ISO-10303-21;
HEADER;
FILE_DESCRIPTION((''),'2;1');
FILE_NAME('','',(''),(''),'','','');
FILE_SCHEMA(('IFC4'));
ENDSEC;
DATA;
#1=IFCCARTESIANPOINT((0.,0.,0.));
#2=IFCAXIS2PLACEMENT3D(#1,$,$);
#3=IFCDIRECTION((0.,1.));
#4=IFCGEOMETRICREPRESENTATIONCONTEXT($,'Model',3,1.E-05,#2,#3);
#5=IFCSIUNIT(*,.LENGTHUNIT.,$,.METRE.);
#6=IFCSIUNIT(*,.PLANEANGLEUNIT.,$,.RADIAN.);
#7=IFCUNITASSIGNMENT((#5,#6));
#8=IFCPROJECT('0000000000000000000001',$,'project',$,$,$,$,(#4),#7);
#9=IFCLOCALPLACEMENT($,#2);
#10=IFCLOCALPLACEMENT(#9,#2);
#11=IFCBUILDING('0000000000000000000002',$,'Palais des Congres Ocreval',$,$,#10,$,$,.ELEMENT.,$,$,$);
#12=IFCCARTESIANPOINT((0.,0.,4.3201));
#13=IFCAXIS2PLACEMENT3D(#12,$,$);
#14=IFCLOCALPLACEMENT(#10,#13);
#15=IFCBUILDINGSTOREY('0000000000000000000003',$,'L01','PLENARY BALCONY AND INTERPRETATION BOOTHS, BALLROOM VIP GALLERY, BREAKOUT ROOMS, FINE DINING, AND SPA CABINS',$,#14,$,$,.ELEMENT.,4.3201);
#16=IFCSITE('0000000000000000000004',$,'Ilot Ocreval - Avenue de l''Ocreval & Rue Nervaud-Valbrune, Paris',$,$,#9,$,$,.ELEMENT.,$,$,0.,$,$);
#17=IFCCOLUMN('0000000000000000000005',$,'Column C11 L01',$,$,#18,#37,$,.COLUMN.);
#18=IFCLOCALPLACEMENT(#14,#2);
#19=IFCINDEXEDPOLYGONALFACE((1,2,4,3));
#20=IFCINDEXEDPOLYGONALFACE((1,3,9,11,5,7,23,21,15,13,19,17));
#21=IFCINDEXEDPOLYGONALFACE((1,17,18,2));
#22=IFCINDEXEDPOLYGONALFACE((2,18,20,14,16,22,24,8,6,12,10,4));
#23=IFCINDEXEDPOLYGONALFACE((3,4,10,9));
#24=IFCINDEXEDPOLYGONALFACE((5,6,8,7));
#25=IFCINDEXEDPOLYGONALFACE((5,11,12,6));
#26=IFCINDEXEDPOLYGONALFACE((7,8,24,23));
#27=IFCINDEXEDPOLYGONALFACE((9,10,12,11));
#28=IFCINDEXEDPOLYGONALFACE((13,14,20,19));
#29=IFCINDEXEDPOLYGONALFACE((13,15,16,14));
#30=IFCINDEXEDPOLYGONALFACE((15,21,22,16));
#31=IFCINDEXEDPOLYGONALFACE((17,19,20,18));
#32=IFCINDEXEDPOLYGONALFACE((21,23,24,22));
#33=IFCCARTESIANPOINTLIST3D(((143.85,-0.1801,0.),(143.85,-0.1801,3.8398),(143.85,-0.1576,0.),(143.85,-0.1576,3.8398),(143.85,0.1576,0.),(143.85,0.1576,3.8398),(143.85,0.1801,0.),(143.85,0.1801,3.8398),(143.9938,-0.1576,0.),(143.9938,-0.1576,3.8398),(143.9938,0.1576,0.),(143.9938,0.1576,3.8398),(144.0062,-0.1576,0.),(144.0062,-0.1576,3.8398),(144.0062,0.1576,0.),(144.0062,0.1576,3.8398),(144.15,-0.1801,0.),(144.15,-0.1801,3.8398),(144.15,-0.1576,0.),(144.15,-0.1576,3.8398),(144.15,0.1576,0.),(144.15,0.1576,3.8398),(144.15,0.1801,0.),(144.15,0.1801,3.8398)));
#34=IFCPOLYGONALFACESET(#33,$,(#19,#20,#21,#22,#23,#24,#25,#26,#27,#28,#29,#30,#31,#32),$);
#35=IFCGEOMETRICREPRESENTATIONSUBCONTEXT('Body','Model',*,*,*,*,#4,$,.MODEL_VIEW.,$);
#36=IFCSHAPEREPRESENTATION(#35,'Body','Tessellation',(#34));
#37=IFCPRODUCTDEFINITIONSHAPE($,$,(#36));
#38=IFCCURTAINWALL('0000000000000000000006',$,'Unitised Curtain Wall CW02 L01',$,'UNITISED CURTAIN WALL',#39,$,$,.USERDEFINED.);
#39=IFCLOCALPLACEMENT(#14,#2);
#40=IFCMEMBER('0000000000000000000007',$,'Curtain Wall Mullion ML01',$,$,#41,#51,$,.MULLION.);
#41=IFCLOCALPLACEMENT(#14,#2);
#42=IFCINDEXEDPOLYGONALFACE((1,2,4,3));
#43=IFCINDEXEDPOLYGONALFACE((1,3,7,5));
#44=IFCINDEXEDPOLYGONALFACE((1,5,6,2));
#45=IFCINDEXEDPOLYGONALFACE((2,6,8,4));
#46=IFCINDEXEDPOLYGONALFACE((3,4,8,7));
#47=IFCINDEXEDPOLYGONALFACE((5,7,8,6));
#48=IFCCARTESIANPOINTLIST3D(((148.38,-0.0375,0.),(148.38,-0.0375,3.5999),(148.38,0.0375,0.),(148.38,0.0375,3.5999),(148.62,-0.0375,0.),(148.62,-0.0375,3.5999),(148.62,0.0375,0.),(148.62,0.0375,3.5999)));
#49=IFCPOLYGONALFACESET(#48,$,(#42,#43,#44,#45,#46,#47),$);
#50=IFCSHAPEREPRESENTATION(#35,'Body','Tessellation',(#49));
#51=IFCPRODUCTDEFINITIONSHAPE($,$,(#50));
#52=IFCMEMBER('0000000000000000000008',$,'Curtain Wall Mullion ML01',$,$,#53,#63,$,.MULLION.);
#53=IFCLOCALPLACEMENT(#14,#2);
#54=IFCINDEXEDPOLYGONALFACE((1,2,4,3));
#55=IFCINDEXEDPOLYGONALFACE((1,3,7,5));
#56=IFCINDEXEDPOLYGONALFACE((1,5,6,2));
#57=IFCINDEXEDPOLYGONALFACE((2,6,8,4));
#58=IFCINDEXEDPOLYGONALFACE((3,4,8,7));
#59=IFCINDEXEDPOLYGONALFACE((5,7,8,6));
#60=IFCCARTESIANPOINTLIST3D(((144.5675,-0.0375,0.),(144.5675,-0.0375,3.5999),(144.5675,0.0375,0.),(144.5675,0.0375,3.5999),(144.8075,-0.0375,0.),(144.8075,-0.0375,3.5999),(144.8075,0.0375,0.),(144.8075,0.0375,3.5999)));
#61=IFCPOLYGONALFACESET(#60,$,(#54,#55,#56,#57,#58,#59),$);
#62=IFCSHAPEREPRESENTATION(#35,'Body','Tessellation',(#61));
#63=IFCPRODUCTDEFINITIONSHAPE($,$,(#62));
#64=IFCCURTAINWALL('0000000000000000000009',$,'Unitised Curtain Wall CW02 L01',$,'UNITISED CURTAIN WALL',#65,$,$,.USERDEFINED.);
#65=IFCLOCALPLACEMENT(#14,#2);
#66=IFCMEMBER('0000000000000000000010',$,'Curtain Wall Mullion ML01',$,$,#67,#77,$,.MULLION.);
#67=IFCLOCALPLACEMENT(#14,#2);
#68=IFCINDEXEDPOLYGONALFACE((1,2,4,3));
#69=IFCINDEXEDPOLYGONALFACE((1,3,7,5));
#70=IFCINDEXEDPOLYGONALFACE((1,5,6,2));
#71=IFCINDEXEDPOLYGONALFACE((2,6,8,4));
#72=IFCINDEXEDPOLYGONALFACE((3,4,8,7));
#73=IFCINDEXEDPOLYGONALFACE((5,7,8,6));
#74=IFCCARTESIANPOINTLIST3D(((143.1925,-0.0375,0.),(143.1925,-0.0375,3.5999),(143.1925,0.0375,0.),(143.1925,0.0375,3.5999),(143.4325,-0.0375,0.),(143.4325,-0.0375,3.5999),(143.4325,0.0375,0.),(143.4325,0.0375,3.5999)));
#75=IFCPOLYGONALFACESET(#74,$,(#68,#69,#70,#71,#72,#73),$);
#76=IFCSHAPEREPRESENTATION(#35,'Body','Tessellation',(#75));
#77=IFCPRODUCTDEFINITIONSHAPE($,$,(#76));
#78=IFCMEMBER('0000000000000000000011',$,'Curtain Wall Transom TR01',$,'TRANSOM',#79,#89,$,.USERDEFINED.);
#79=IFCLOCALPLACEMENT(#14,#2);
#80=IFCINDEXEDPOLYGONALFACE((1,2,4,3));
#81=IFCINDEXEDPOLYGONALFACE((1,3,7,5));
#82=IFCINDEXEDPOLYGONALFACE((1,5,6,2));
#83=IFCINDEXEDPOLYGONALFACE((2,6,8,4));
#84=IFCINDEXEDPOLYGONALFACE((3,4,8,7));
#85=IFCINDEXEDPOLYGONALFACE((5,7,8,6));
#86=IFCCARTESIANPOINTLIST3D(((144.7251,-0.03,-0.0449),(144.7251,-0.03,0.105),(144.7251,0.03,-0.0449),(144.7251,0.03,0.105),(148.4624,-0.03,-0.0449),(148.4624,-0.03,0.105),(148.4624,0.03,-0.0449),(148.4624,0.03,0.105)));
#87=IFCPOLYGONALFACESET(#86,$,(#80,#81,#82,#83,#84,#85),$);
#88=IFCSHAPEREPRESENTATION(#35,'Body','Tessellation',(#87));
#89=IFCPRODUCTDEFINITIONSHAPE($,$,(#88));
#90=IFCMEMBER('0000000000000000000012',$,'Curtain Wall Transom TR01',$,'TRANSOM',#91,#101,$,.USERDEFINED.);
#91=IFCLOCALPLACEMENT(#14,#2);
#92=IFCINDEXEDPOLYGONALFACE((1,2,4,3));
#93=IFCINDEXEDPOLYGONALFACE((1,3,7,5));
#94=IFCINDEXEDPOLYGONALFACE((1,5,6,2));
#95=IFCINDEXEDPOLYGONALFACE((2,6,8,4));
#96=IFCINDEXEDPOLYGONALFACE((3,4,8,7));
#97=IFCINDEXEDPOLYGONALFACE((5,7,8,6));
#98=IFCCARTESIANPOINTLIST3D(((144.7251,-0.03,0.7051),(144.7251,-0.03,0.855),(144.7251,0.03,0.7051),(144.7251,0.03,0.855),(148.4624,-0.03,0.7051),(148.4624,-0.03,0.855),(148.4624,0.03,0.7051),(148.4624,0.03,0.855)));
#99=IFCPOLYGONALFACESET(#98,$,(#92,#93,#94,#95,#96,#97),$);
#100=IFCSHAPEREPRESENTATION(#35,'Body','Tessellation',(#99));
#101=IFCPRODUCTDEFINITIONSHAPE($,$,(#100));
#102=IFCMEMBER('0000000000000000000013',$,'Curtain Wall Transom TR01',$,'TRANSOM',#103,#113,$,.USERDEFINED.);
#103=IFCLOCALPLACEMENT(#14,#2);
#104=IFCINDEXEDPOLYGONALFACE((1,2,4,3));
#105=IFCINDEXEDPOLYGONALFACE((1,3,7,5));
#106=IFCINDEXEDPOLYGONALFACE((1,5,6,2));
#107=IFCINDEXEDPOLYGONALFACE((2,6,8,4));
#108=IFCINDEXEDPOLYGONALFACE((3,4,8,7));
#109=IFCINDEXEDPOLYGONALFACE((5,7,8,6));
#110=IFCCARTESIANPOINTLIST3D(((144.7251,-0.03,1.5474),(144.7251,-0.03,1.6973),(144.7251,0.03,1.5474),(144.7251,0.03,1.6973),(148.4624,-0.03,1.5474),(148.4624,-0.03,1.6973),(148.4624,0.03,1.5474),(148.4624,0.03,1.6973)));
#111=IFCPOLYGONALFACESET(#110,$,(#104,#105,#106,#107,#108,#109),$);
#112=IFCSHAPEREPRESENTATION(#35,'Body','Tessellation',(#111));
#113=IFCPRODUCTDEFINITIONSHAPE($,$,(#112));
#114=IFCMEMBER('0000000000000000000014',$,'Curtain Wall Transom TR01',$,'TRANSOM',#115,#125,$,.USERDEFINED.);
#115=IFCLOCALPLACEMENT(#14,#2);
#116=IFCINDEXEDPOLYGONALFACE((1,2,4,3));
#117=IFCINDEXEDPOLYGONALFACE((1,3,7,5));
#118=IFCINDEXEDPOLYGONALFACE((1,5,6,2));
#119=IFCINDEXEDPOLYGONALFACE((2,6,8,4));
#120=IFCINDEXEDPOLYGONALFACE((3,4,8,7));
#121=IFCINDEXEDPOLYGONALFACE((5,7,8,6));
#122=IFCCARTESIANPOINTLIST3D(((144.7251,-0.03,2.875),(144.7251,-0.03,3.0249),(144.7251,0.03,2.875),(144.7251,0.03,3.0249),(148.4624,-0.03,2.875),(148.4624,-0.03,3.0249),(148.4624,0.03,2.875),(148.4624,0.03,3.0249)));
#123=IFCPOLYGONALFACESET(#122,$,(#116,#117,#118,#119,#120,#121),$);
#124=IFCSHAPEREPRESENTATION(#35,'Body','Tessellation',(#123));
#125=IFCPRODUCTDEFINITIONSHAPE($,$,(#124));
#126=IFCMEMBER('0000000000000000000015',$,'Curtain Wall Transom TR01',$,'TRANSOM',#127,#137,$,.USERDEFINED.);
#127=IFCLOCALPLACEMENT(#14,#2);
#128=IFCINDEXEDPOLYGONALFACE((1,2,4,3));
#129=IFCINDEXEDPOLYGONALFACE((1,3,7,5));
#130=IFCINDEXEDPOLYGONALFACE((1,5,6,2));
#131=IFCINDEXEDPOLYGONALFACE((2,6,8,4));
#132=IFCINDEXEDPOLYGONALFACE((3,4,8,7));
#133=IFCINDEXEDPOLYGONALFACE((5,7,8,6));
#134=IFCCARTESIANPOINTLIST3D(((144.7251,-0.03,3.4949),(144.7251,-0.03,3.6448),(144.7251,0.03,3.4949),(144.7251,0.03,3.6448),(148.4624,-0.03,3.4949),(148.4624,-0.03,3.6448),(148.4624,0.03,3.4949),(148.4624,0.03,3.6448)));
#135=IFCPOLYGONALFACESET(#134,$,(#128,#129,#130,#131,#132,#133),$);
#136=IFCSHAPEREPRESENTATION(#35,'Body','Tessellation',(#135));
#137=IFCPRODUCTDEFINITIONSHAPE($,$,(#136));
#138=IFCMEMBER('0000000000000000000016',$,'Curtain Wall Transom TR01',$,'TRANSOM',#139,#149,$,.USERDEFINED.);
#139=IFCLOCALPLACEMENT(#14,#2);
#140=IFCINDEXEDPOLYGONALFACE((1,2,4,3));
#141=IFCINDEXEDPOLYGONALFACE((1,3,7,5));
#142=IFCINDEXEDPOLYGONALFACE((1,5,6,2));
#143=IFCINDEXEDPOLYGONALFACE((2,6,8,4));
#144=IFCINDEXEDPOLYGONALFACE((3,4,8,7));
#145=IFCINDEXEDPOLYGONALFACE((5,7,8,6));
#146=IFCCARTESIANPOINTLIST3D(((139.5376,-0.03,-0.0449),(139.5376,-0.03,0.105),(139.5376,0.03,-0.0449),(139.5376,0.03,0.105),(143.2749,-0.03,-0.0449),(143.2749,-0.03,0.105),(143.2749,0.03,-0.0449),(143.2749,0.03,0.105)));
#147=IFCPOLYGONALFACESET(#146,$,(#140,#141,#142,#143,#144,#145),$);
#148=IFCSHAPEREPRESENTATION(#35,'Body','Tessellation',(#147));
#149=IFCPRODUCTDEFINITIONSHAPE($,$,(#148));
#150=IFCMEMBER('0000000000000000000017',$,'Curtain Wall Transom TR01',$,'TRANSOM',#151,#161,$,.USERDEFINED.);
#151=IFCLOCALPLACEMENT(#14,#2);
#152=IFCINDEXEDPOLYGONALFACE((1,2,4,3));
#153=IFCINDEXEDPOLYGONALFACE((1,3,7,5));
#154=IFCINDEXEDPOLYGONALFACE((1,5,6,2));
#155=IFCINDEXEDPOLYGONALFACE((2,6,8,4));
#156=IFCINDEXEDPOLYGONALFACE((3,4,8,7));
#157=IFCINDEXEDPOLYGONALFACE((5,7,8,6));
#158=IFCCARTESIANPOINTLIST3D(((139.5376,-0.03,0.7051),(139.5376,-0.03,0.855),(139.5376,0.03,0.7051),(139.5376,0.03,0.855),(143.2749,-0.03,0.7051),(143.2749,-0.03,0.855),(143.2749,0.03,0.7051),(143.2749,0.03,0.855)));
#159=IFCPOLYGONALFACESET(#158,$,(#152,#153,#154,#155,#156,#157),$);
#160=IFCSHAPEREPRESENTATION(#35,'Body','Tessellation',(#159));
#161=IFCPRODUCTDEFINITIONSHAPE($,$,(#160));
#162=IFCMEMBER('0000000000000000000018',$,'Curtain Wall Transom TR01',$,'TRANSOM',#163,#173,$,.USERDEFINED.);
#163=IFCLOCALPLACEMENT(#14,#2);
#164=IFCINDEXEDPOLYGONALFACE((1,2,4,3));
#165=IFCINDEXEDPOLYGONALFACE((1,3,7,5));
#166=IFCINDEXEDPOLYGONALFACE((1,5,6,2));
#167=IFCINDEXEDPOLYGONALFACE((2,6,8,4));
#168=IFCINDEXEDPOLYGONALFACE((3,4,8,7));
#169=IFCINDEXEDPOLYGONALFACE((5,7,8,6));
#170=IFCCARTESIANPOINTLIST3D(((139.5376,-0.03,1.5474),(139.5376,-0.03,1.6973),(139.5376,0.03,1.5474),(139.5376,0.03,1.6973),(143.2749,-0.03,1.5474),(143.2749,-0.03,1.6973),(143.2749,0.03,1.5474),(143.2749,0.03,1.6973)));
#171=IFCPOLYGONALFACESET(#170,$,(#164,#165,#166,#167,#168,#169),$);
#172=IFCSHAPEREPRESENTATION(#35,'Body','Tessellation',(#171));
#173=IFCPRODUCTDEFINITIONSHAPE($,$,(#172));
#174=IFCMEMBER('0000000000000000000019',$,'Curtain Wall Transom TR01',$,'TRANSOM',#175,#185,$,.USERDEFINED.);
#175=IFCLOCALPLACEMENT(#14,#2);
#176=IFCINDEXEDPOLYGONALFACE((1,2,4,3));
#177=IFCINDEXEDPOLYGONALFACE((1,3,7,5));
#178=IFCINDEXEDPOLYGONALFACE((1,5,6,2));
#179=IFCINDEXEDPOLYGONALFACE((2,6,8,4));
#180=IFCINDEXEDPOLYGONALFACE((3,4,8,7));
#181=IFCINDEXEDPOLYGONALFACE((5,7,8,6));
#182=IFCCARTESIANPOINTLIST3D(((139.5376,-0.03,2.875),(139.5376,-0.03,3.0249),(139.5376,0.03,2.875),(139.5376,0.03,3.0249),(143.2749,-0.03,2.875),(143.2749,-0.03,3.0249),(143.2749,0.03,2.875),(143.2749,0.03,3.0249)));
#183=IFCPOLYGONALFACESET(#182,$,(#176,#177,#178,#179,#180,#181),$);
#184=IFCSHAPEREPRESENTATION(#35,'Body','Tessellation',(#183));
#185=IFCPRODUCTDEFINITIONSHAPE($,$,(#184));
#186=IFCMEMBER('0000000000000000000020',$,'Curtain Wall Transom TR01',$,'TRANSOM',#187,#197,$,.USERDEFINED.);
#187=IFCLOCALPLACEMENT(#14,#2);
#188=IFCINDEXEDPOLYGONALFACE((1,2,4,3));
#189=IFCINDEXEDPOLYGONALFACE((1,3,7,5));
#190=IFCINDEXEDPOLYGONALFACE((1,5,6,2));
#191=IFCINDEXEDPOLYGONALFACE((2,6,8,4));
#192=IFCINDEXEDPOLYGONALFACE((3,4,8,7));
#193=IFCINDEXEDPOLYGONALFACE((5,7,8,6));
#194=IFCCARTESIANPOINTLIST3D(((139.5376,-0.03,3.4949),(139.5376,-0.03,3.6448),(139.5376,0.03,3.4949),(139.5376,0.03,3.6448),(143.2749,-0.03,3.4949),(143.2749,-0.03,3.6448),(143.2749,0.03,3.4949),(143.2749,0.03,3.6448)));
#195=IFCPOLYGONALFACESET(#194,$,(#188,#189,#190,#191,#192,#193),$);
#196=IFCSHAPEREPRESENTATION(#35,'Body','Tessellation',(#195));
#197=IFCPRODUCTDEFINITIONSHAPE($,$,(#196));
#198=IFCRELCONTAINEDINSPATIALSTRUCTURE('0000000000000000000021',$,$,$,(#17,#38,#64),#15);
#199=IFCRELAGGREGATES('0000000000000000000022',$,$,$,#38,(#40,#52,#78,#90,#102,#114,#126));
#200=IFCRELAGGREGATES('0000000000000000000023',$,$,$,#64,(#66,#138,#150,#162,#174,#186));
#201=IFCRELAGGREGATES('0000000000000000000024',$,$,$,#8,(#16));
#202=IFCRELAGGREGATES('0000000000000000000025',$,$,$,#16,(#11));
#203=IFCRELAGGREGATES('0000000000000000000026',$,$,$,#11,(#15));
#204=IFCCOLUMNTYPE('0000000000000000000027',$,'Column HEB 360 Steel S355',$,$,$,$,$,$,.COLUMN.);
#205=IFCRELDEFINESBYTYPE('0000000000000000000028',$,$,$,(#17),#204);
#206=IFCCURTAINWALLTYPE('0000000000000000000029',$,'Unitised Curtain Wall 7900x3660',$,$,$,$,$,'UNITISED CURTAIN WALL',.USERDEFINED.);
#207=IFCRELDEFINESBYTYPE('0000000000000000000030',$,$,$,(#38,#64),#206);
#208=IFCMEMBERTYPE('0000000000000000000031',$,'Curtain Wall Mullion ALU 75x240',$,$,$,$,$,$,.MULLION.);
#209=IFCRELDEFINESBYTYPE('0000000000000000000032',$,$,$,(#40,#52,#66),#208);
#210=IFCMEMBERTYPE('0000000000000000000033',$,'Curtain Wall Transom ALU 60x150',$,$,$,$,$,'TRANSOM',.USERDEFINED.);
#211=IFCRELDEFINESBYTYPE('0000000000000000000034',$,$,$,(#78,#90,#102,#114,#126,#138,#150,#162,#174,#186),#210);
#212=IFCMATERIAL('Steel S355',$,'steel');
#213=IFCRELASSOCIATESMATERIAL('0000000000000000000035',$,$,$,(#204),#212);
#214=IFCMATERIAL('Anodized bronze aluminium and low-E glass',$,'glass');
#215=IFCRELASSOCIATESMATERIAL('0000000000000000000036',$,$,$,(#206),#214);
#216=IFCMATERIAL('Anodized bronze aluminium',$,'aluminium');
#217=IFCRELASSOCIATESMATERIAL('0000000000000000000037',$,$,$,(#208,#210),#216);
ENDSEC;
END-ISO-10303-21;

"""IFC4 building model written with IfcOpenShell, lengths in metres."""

from ifc_helpers import new_model, si_unit, direction, frame, origin, origin_2d, place, context, subcontext, project, spatial, rectangle, i_section, extrude, material, material_profile, profile_set, type_object, element, aggregate, save


model = new_model("IFC4")

# Units and contexts
model_context = context("Model", 3, precision=1e-05, world=origin(), true_north=direction((0.0, 1.0)))
body_context = subcontext(model_context, "Body", "Model", "MODEL_VIEW")
ifc_project = project(units=[si_unit("LENGTHUNIT", "METRE"), si_unit("PLANEANGLEUNIT", "RADIAN")], contexts=[model_context])

# Site, building, storey
site_placement = place(None, origin())
site = spatial("IfcSite", under=ifc_project, at=site_placement, Name="Ilot Ocreval - Avenue de l'Ocreval & Rue Nervaud-Valbrune, Paris", CompositionType="ELEMENT", RefElevation=0.0)
building_placement = place(site_placement, origin())
building = spatial("IfcBuilding", under=site, at=building_placement, Name="Palais des Congres Ocreval", CompositionType="ELEMENT")
storey_placement = place(building_placement, frame((0.0, 0.0, 4.3201)))
storey = spatial("IfcBuildingStorey", under=building, at=storey_placement, Name="L01", Description="PLENARY BALCONY AND INTERPRETATION BOOTHS, BALLROOM VIP GALLERY, BREAKOUT ROOMS, FINE DINING, AND SPA CABINS", CompositionType="ELEMENT", Elevation=4.3201)

# Column
ifc_material_1 = material(Name="Steel S355", Category="steel")
ifc_material_profile_1 = material_profile(ifc_material_1, i_section(OverallWidth=0.3, OverallDepth=0.3601, WebThickness=0.0125, FlangeThickness=0.0225, at=origin_2d()), Name="HEB 360")
ifc_profile_set_1 = profile_set([ifc_material_profile_1], Name="Steel S355")
column_type = type_object("IfcColumnType", Name="Column HEB 360 Steel S355", PredefinedType="COLUMN", material=ifc_profile_set_1)
column_placement = place(storey_placement, frame((144.0, 0.0, 0.0), z_axis=(0.0, 0.0, 1.0), x_axis=(1.0, 0.0, 0.0)))
element("IfcColumn", 1, at=column_placement, inside=storey, type_object=column_type, Name="Column C11 L01", PredefinedType="COLUMN", context=body_context, shape_type="SweptSolid", body=[
    extrude(i_section(OverallWidth=0.3, OverallDepth=0.3601, WebThickness=0.0125, FlangeThickness=0.0225, at=origin_2d()), origin(), (0.0, 0.0, 1.0), 3.8398),
])

# Curtain wall, members
ifc_material_2 = material(Name="Anodized bronze aluminium and low-E glass", Category="glass")
curtain_wall_type = type_object("IfcCurtainWallType", Name="Unitised Curtain Wall 7900x3660", ElementType="UNITISED CURTAIN WALL", PredefinedType="USERDEFINED", material=ifc_material_2)
curtain_wall_1_placement = place(storey_placement, origin())
curtain_wall_1 = element("IfcCurtainWall", 2, at=curtain_wall_1_placement, inside=storey, type_object=curtain_wall_type, Name="Unitised Curtain Wall CW02 L01", ObjectType="UNITISED CURTAIN WALL", PredefinedType="USERDEFINED")
ifc_material_3 = material(Name="Anodized bronze aluminium", Category="aluminium")
ifc_material_profile_2 = material_profile(ifc_material_3, rectangle(XDim=0.075, YDim=0.24, at=origin_2d()), Name="ALU 75x240")
ifc_profile_set_2 = profile_set([ifc_material_profile_2], Name="Anodized bronze aluminium")
member_type_1 = type_object("IfcMemberType", Name="Curtain Wall Mullion ALU 75x240", PredefinedType="MULLION", material=ifc_profile_set_2)
member_1_placement = place(storey_placement, frame((148.5, 0.0, 0.0), z_axis=(0.0, 0.0, 1.0), x_axis=(0.0, -1.0, 0.0)))
member_1 = element("IfcMember", 3, at=member_1_placement, type_object=member_type_1, Name="Curtain Wall Mullion ML01", PredefinedType="MULLION", context=body_context, shape_type="SweptSolid", body=[
    extrude(rectangle(XDim=0.075, YDim=0.24, at=origin_2d()), origin(), (0.0, 0.0, 1.0), 3.5999),
])
member_2_placement = place(storey_placement, frame((144.6875, 0.0, 0.0), z_axis=(0.0, 0.0, 1.0), x_axis=(0.0, -1.0, 0.0)))
member_2 = element("IfcMember", 4, at=member_2_placement, type_object=member_type_1, Name="Curtain Wall Mullion ML01", PredefinedType="MULLION", context=body_context, shape_type="SweptSolid", body=[
    extrude(rectangle(XDim=0.075, YDim=0.24, at=origin_2d()), origin(), (0.0, 0.0, 1.0), 3.5999),
])

# Curtain wall, member
curtain_wall_2_placement = place(storey_placement, origin())
curtain_wall_2 = element("IfcCurtainWall", 5, at=curtain_wall_2_placement, inside=storey, type_object=curtain_wall_type, Name="Unitised Curtain Wall CW02 L01", ObjectType="UNITISED CURTAIN WALL", PredefinedType="USERDEFINED")
member_3_placement = place(storey_placement, frame((143.3125, 0.0, 0.0), z_axis=(0.0, 0.0, 1.0), x_axis=(0.0, -1.0, 0.0)))
member_3 = element("IfcMember", 6, at=member_3_placement, type_object=member_type_1, Name="Curtain Wall Mullion ML01", PredefinedType="MULLION", context=body_context, shape_type="SweptSolid", body=[
    extrude(rectangle(XDim=0.075, YDim=0.24, at=origin_2d()), origin(), (0.0, 0.0, 1.0), 3.5999),
])

# Members
ifc_material_profile_3 = material_profile(ifc_material_3, rectangle(XDim=0.0601, YDim=0.1499, at=origin_2d()), Name="ALU 60x150")
ifc_profile_set_3 = profile_set([ifc_material_profile_3], Name="Anodized bronze aluminium")
member_type_2 = type_object("IfcMemberType", Name="Curtain Wall Transom ALU 60x150", ElementType="TRANSOM", PredefinedType="USERDEFINED", material=ifc_profile_set_3)
member_4_placement = place(storey_placement, frame((148.4624, 0.0, 0.03), z_axis=(-1.0, 0.0, 0.0), x_axis=(0.0, -1.0, 0.0)))
member_4 = element("IfcMember", 7, at=member_4_placement, type_object=member_type_2, Name="Curtain Wall Transom TR01", ObjectType="TRANSOM", PredefinedType="USERDEFINED", context=body_context, shape_type="SweptSolid", body=[
    extrude(rectangle(XDim=0.0601, YDim=0.1499, at=origin_2d()), origin(), (0.0, 0.0, 1.0), 3.7373),
])
member_5_placement = place(storey_placement, frame((148.4624, 0.0, 0.78), z_axis=(-1.0, 0.0, 0.0), x_axis=(0.0, -1.0, 0.0)))
member_5 = element("IfcMember", 8, at=member_5_placement, type_object=member_type_2, Name="Curtain Wall Transom TR01", ObjectType="TRANSOM", PredefinedType="USERDEFINED", context=body_context, shape_type="SweptSolid", body=[
    extrude(rectangle(XDim=0.0601, YDim=0.1499, at=origin_2d()), origin(), (0.0, 0.0, 1.0), 3.7373),
])
member_6_placement = place(storey_placement, frame((148.4624, 0.0, 1.6223), z_axis=(-1.0, 0.0, 0.0), x_axis=(0.0, -1.0, 0.0)))
member_6 = element("IfcMember", 9, at=member_6_placement, type_object=member_type_2, Name="Curtain Wall Transom TR01", ObjectType="TRANSOM", PredefinedType="USERDEFINED", context=body_context, shape_type="SweptSolid", body=[
    extrude(rectangle(XDim=0.0601, YDim=0.1499, at=origin_2d()), origin(), (0.0, 0.0, 1.0), 3.7373),
])
member_7_placement = place(storey_placement, frame((148.4624, 0.0, 2.95), z_axis=(-1.0, 0.0, 0.0), x_axis=(0.0, -1.0, 0.0)))
member_7 = element("IfcMember", 10, at=member_7_placement, type_object=member_type_2, Name="Curtain Wall Transom TR01", ObjectType="TRANSOM", PredefinedType="USERDEFINED", context=body_context, shape_type="SweptSolid", body=[
    extrude(rectangle(XDim=0.0601, YDim=0.1499, at=origin_2d()), origin(), (0.0, 0.0, 1.0), 3.7373),
])
member_8_placement = place(storey_placement, frame((148.4624, 0.0, 3.5698), z_axis=(-1.0, 0.0, 0.0), x_axis=(0.0, -1.0, 0.0)))
member_8 = element("IfcMember", 11, at=member_8_placement, type_object=member_type_2, Name="Curtain Wall Transom TR01", ObjectType="TRANSOM", PredefinedType="USERDEFINED", context=body_context, shape_type="SweptSolid", body=[
    extrude(rectangle(XDim=0.0601, YDim=0.1499, at=origin_2d()), origin(), (0.0, 0.0, 1.0), 3.7373),
])
member_9_placement = place(storey_placement, frame((143.2749, 0.0, 0.03), z_axis=(-1.0, 0.0, 0.0), x_axis=(0.0, -1.0, 0.0)))
member_9 = element("IfcMember", 12, at=member_9_placement, type_object=member_type_2, Name="Curtain Wall Transom TR01", ObjectType="TRANSOM", PredefinedType="USERDEFINED", context=body_context, shape_type="SweptSolid", body=[
    extrude(rectangle(XDim=0.0601, YDim=0.1499, at=origin_2d()), origin(), (0.0, 0.0, 1.0), 3.7373),
])
member_10_placement = place(storey_placement, frame((143.2749, 0.0, 0.78), z_axis=(-1.0, 0.0, 0.0), x_axis=(0.0, -1.0, 0.0)))
member_10 = element("IfcMember", 13, at=member_10_placement, type_object=member_type_2, Name="Curtain Wall Transom TR01", ObjectType="TRANSOM", PredefinedType="USERDEFINED", context=body_context, shape_type="SweptSolid", body=[
    extrude(rectangle(XDim=0.0601, YDim=0.1499, at=origin_2d()), origin(), (0.0, 0.0, 1.0), 3.7373),
])
member_11_placement = place(storey_placement, frame((143.2749, 0.0, 1.6223), z_axis=(-1.0, 0.0, 0.0), x_axis=(0.0, -1.0, 0.0)))
member_11 = element("IfcMember", 14, at=member_11_placement, type_object=member_type_2, Name="Curtain Wall Transom TR01", ObjectType="TRANSOM", PredefinedType="USERDEFINED", context=body_context, shape_type="SweptSolid", body=[
    extrude(rectangle(XDim=0.0601, YDim=0.1499, at=origin_2d()), origin(), (0.0, 0.0, 1.0), 3.7373),
])
member_12_placement = place(storey_placement, frame((143.2749, 0.0, 2.95), z_axis=(-1.0, 0.0, 0.0), x_axis=(0.0, -1.0, 0.0)))
member_12 = element("IfcMember", 15, at=member_12_placement, type_object=member_type_2, Name="Curtain Wall Transom TR01", ObjectType="TRANSOM", PredefinedType="USERDEFINED", context=body_context, shape_type="SweptSolid", body=[
    extrude(rectangle(XDim=0.0601, YDim=0.1499, at=origin_2d()), origin(), (0.0, 0.0, 1.0), 3.7373),
])
member_13_placement = place(storey_placement, frame((143.2749, 0.0, 3.5698), z_axis=(-1.0, 0.0, 0.0), x_axis=(0.0, -1.0, 0.0)))
member_13 = element("IfcMember", 16, at=member_13_placement, type_object=member_type_2, Name="Curtain Wall Transom TR01", ObjectType="TRANSOM", PredefinedType="USERDEFINED", context=body_context, shape_type="SweptSolid", body=[
    extrude(rectangle(XDim=0.0601, YDim=0.1499, at=origin_2d()), origin(), (0.0, 0.0, 1.0), 3.7373),
])

aggregate(curtain_wall_1, [member_1, member_2, member_4, member_5, member_6, member_7, member_8])
aggregate(curtain_wall_2, [member_3, member_9, member_10, member_11, member_12, member_13])

save(model, "model.ifc")
